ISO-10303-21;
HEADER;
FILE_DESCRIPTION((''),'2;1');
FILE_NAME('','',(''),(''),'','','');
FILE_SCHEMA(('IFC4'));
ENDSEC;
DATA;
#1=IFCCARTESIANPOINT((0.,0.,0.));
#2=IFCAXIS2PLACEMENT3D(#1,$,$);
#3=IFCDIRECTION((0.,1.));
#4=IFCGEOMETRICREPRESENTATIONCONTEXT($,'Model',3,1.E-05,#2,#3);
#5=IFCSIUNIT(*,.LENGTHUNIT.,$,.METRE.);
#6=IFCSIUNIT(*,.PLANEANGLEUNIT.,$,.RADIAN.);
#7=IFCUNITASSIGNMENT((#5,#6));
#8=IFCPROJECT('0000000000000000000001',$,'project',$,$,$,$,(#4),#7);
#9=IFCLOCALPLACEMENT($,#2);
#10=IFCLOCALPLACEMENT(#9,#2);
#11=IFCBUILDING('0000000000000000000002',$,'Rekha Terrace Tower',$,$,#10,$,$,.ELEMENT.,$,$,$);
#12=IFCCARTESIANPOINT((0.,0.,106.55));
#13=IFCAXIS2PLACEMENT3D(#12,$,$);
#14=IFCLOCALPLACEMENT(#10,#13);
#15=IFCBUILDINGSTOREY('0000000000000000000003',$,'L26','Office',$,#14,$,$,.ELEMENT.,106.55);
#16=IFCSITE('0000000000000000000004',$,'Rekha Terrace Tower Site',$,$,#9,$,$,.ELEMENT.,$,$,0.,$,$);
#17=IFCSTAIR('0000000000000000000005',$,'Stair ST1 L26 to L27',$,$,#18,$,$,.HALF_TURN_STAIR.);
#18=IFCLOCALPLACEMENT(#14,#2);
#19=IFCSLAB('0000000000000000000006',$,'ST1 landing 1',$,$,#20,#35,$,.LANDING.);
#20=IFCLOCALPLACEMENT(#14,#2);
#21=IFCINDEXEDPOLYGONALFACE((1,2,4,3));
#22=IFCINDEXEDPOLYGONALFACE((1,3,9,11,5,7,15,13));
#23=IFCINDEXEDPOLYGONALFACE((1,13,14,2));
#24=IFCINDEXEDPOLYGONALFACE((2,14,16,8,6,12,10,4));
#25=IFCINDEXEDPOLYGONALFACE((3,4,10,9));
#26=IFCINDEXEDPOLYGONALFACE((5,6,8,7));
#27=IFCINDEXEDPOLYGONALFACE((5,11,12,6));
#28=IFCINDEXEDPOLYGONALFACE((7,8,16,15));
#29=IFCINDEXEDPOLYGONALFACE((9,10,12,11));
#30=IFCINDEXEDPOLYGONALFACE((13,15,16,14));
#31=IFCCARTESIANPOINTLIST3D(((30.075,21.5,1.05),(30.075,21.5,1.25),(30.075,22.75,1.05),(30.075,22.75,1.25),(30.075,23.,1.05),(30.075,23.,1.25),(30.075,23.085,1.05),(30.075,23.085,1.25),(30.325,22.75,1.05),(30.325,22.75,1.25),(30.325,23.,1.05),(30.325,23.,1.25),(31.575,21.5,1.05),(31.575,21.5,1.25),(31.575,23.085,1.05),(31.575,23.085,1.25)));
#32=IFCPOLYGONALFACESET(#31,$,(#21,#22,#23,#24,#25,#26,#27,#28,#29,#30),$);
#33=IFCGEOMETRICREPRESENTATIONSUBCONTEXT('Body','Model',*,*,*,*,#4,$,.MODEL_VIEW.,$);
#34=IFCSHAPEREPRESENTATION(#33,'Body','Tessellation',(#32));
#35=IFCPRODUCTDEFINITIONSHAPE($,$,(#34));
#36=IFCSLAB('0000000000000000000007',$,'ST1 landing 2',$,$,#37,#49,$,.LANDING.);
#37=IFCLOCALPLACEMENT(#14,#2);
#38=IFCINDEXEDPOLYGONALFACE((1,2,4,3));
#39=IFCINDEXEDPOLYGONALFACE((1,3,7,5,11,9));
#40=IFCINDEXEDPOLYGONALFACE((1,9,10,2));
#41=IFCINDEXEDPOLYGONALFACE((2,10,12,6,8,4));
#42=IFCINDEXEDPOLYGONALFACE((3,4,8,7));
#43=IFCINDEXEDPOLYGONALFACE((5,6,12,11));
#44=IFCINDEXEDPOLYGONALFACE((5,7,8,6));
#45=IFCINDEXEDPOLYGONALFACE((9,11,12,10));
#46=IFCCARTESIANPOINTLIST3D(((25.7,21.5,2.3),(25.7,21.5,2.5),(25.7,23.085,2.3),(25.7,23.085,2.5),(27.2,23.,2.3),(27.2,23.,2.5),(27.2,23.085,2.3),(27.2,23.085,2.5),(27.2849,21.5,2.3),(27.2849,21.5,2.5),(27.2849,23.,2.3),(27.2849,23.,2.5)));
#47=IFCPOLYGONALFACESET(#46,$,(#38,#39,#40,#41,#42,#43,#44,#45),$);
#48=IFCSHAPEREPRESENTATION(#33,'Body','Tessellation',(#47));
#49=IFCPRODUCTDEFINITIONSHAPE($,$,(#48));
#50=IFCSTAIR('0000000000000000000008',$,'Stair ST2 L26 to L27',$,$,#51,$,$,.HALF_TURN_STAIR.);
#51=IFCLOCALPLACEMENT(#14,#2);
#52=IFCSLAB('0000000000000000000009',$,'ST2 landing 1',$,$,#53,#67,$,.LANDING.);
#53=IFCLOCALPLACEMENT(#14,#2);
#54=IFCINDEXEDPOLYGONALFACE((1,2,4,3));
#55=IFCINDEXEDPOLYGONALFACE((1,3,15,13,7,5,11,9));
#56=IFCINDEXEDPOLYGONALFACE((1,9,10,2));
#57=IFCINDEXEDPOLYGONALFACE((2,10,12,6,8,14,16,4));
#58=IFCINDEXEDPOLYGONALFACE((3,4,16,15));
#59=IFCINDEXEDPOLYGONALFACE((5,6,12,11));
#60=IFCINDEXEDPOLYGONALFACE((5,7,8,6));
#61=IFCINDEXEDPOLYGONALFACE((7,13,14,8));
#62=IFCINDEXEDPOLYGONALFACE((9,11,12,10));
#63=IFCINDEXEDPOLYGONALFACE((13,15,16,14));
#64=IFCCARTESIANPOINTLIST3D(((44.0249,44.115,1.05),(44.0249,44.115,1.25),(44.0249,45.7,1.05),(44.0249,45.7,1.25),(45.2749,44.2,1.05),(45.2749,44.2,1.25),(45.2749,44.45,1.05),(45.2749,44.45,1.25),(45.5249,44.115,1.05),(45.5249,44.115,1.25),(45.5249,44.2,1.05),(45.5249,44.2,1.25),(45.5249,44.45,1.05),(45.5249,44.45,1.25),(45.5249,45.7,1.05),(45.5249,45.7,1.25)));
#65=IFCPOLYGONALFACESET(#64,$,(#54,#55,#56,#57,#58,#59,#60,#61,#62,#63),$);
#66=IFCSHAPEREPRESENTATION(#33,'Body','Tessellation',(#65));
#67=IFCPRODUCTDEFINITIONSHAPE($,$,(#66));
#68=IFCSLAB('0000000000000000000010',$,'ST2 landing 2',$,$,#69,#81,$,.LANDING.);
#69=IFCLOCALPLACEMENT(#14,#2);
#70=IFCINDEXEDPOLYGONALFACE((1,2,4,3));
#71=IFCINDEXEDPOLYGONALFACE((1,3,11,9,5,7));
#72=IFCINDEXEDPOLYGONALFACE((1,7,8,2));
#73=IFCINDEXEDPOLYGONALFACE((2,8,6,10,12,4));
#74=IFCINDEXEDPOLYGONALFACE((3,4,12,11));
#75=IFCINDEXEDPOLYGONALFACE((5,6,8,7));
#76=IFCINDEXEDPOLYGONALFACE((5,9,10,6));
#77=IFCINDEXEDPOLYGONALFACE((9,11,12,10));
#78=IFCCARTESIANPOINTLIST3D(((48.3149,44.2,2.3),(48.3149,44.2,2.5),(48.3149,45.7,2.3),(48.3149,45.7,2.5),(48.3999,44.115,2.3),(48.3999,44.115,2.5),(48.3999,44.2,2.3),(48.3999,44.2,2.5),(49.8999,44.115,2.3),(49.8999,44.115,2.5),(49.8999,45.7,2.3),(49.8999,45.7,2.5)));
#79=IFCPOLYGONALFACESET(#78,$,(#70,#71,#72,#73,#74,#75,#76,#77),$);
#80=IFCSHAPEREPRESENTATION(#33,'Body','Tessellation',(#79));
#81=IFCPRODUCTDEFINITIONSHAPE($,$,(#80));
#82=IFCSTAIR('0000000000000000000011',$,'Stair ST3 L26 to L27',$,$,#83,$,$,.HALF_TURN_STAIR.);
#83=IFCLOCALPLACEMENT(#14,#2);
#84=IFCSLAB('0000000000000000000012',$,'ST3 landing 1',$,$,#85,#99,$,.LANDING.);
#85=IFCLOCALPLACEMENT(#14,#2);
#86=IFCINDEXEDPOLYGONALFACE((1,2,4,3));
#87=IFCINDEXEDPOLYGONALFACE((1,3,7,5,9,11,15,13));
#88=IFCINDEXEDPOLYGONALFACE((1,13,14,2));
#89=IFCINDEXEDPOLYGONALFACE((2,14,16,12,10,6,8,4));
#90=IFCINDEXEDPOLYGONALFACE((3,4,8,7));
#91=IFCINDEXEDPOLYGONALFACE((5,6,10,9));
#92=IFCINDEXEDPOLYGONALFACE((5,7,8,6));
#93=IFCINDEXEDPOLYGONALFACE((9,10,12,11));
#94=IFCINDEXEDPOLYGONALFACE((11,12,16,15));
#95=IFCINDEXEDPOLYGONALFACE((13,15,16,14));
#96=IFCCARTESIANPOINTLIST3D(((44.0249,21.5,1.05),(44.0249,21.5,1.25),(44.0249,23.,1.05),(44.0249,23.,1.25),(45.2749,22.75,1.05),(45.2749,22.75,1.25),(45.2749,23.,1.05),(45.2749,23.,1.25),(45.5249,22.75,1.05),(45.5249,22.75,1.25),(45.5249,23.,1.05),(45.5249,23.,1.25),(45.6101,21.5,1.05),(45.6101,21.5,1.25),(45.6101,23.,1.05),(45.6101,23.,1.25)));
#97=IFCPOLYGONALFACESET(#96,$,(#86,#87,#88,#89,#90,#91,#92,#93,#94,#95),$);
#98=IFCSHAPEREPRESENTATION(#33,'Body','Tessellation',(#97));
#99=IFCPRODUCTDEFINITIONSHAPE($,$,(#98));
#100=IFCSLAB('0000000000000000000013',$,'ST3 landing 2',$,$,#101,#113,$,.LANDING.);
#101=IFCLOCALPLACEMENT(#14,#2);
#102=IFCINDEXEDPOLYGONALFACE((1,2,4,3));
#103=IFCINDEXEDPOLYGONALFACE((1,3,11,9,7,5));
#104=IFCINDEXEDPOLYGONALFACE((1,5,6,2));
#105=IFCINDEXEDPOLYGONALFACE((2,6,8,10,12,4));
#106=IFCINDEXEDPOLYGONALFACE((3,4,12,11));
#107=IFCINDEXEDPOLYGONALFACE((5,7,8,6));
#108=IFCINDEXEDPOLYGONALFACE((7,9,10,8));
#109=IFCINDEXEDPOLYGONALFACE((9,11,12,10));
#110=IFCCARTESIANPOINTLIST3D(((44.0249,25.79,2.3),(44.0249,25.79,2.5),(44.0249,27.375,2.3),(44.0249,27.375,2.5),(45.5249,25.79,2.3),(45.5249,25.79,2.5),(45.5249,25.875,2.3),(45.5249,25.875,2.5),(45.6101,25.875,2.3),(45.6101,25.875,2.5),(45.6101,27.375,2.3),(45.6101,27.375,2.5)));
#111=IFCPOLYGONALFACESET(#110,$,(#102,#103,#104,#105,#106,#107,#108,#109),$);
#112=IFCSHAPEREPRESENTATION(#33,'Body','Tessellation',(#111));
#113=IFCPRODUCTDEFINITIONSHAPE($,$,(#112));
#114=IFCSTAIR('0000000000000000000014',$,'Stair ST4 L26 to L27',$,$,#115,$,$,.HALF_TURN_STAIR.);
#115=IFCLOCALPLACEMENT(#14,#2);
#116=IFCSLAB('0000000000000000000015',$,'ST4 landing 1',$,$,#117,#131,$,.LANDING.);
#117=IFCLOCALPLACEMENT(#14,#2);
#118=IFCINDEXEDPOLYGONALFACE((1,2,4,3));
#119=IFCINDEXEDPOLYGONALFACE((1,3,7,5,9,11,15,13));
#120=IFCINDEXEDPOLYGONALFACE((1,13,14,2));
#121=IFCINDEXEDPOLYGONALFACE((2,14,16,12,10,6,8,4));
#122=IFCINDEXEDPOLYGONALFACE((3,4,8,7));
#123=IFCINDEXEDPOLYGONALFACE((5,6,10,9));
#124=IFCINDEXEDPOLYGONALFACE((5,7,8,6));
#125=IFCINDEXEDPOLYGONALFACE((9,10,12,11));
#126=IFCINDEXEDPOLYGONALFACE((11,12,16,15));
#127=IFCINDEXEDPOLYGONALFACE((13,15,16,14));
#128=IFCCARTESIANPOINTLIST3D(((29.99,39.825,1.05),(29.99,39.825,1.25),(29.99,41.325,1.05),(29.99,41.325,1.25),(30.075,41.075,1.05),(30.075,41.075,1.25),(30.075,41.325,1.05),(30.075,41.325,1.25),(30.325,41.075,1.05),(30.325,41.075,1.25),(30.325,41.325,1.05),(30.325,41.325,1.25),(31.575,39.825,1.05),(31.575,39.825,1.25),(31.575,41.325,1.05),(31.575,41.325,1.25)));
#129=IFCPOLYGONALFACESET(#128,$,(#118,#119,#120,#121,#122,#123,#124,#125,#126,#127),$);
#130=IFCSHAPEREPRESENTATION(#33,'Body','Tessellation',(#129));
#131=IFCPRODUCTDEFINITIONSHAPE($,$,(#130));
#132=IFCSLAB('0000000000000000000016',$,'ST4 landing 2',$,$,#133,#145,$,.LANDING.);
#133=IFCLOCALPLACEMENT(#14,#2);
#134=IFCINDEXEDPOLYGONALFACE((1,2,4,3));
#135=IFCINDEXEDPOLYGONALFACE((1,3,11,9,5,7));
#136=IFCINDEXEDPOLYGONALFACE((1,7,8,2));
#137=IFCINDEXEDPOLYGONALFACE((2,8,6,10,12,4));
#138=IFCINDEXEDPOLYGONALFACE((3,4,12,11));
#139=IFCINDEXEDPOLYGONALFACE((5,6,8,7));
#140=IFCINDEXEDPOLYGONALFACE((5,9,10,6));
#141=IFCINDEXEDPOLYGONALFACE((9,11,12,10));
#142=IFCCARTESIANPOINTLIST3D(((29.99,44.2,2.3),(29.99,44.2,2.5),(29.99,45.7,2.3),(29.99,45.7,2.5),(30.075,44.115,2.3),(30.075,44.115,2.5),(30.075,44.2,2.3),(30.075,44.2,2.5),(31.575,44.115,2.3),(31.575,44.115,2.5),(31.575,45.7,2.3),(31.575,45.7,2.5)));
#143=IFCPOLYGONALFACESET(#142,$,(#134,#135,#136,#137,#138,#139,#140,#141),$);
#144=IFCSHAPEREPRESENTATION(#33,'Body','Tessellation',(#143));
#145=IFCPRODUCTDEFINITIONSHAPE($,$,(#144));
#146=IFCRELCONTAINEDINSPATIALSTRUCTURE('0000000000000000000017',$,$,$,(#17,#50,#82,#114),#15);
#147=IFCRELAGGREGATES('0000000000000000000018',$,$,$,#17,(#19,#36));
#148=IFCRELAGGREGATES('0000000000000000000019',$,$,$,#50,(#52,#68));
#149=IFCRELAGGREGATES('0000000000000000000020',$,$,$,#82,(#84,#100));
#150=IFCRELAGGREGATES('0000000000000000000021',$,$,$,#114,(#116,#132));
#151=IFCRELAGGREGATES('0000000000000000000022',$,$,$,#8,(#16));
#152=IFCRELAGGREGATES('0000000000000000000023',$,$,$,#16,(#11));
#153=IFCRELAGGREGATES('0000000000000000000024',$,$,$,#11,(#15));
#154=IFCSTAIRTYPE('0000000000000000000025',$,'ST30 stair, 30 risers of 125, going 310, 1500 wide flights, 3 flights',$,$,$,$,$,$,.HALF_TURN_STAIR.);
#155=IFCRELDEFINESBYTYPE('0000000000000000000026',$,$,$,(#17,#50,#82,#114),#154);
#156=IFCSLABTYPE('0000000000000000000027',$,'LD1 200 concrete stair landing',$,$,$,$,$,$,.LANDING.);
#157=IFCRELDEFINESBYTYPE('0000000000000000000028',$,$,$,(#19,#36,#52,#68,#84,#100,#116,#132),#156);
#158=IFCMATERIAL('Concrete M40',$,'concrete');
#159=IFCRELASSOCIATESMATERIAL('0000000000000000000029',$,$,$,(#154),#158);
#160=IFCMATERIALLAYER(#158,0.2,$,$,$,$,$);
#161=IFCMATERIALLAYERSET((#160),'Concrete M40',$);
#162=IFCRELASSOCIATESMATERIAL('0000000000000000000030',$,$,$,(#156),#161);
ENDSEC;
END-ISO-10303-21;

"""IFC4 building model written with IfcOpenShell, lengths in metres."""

from ifc_helpers import new_model, si_unit, direction, frame, origin, place, context, subcontext, project, spatial, polyline, outline, extrude, material, layer, layer_set, type_object, element, aggregate, save


model = new_model("IFC4")

# Units and contexts
model_context = context("Model", 3, precision=1e-05, world=origin(), true_north=direction((0.0, 1.0)))
body_context = subcontext(model_context, "Body", "Model", "MODEL_VIEW")
ifc_project = project(units=[si_unit("LENGTHUNIT", "METRE"), si_unit("PLANEANGLEUNIT", "RADIAN")], contexts=[model_context])

# Site, building, storey
site_placement = place(None, origin())
site = spatial("IfcSite", under=ifc_project, at=site_placement, Name="Rekha Terrace Tower Site", CompositionType="ELEMENT", RefElevation=0.0)
building_placement = place(site_placement, origin())
building = spatial("IfcBuilding", under=site, at=building_placement, Name="Rekha Terrace Tower", CompositionType="ELEMENT")
storey_placement = place(building_placement, frame((0.0, 0.0, 106.55)))
storey = spatial("IfcBuildingStorey", under=building, at=storey_placement, Name="L26", Description="Office", CompositionType="ELEMENT", Elevation=106.55)

# Stairs, slabs
ifc_material_1 = material(Name="Concrete M40", Category="concrete")
stair_type = type_object("IfcStairType", Name="ST30 stair, 30 risers of 125, going 310, 1500 wide flights, 3 flights", PredefinedType="HALF_TURN_STAIR", material=ifc_material_1)
stair_1_placement = place(storey_placement, origin())
stair_1 = element("IfcStair", 1, at=stair_1_placement, inside=storey, type_object=stair_type, Name="Stair ST1 L26 to L27", PredefinedType="HALF_TURN_STAIR")
ifc_layer_1 = layer(ifc_material_1, 0.2)
ifc_layer_set_1 = layer_set([ifc_layer_1], Name="Concrete M40")
slab_type_1 = type_object("IfcSlabType", Name="LD1 200 concrete stair landing", PredefinedType="LANDING", material=ifc_layer_set_1)
slab_1_placement = place(storey_placement, frame((0.0, 0.0, 1.05)))
slab_1 = element("IfcSlab", 2, at=slab_1_placement, type_object=slab_type_1, Name="ST1 landing 1", PredefinedType="LANDING", context=body_context, shape_type="SweptSolid", body=[
    extrude(outline(polyline([(30.075, 21.5), (31.575, 21.5), (31.575, 23.085), (30.075, 23.085), (30.075, 23.0), (30.325, 23.0), (30.325, 22.75), (30.075, 22.75), (30.075, 21.5)])), origin(), (0.0, 0.0, 1.0), 0.2),
])
slab_2_placement = place(storey_placement, frame((0.0, 0.0, 2.3)))
slab_2 = element("IfcSlab", 3, at=slab_2_placement, type_object=slab_type_1, Name="ST1 landing 2", PredefinedType="LANDING", context=body_context, shape_type="SweptSolid", body=[
    extrude(outline(polyline([(27.2, 23.085), (25.7, 23.085), (25.7, 21.5), (27.2849, 21.5), (27.2849, 23.0), (27.2, 23.0), (27.2, 23.085)])), origin(), (0.0, 0.0, 1.0), 0.2),
])
aggregate(stair_1, [slab_1, slab_2])
stair_2_placement = place(storey_placement, origin())
stair_2 = element("IfcStair", 4, at=stair_2_placement, inside=storey, type_object=stair_type, Name="Stair ST2 L26 to L27", PredefinedType="HALF_TURN_STAIR")
slab_3_placement = place(storey_placement, frame((0.0, 0.0, 1.05)))
slab_3 = element("IfcSlab", 5, at=slab_3_placement, type_object=slab_type_1, Name="ST2 landing 1", PredefinedType="LANDING", context=body_context, shape_type="SweptSolid", body=[
    extrude(outline(polyline([(45.5249, 45.7), (44.0249, 45.7), (44.0249, 44.115), (45.5249, 44.115), (45.5249, 44.2), (45.2749, 44.2), (45.2749, 44.45), (45.5249, 44.45), (45.5249, 45.7)])), origin(), (0.0, 0.0, 1.0), 0.2),
])
slab_4_placement = place(storey_placement, frame((0.0, 0.0, 2.3)))
slab_4 = element("IfcSlab", 6, at=slab_4_placement, type_object=slab_type_1, Name="ST2 landing 2", PredefinedType="LANDING", context=body_context, shape_type="SweptSolid", body=[
    extrude(outline(polyline([(48.3999, 44.115), (49.8999, 44.115), (49.8999, 45.7), (48.3149, 45.7), (48.3149, 44.2), (48.3999, 44.2), (48.3999, 44.115)])), origin(), (0.0, 0.0, 1.0), 0.2),
])
aggregate(stair_2, [slab_3, slab_4])
stair_3_placement = place(storey_placement, origin())
stair_3 = element("IfcStair", 7, at=stair_3_placement, inside=storey, type_object=stair_type, Name="Stair ST3 L26 to L27", PredefinedType="HALF_TURN_STAIR")
slab_5_placement = place(storey_placement, frame((0.0, 0.0, 1.05)))
slab_5 = element("IfcSlab", 8, at=slab_5_placement, type_object=slab_type_1, Name="ST3 landing 1", PredefinedType="LANDING", context=body_context, shape_type="SweptSolid", body=[
    extrude(outline(polyline([(44.0249, 23.0), (44.0249, 21.5), (45.6101, 21.5), (45.6101, 23.0), (45.5249, 23.0), (45.5249, 22.75), (45.2749, 22.75), (45.2749, 23.0), (44.0249, 23.0)])), origin(), (0.0, 0.0, 1.0), 0.2),
])
slab_6_placement = place(storey_placement, frame((0.0, 0.0, 2.3)))
slab_6 = element("IfcSlab", 9, at=slab_6_placement, type_object=slab_type_1, Name="ST3 landing 2", PredefinedType="LANDING", context=body_context, shape_type="SweptSolid", body=[
    extrude(outline(polyline([(45.6101, 25.875), (45.6101, 27.375), (44.0249, 27.375), (44.0249, 25.79), (45.5249, 25.79), (45.5249, 25.875), (45.6101, 25.875)])), origin(), (0.0, 0.0, 1.0), 0.2),
])
aggregate(stair_3, [slab_5, slab_6])
stair_4_placement = place(storey_placement, origin())
stair_4 = element("IfcStair", 10, at=stair_4_placement, inside=storey, type_object=stair_type, Name="Stair ST4 L26 to L27", PredefinedType="HALF_TURN_STAIR")
slab_7_placement = place(storey_placement, frame((0.0, 0.0, 1.05)))
slab_7 = element("IfcSlab", 11, at=slab_7_placement, type_object=slab_type_1, Name="ST4 landing 1", PredefinedType="LANDING", context=body_context, shape_type="SweptSolid", body=[
    extrude(outline(polyline([(31.575, 41.325), (31.575, 39.825), (29.99, 39.825), (29.99, 41.325), (30.075, 41.325), (30.075, 41.075), (30.325, 41.075), (30.325, 41.325), (31.575, 41.325)])), origin(), (0.0, 0.0, 1.0), 0.2),
])
slab_8_placement = place(storey_placement, frame((0.0, 0.0, 2.3)))
slab_8 = element("IfcSlab", 12, at=slab_8_placement, type_object=slab_type_1, Name="ST4 landing 2", PredefinedType="LANDING", context=body_context, shape_type="SweptSolid", body=[
    extrude(outline(polyline([(29.99, 44.2), (29.99, 45.7), (31.575, 45.7), (31.575, 44.115), (30.075, 44.115), (30.075, 44.2), (29.99, 44.2)])), origin(), (0.0, 0.0, 1.0), 0.2),
])
aggregate(stair_4, [slab_7, slab_8])

save(model, "model.ifc")
